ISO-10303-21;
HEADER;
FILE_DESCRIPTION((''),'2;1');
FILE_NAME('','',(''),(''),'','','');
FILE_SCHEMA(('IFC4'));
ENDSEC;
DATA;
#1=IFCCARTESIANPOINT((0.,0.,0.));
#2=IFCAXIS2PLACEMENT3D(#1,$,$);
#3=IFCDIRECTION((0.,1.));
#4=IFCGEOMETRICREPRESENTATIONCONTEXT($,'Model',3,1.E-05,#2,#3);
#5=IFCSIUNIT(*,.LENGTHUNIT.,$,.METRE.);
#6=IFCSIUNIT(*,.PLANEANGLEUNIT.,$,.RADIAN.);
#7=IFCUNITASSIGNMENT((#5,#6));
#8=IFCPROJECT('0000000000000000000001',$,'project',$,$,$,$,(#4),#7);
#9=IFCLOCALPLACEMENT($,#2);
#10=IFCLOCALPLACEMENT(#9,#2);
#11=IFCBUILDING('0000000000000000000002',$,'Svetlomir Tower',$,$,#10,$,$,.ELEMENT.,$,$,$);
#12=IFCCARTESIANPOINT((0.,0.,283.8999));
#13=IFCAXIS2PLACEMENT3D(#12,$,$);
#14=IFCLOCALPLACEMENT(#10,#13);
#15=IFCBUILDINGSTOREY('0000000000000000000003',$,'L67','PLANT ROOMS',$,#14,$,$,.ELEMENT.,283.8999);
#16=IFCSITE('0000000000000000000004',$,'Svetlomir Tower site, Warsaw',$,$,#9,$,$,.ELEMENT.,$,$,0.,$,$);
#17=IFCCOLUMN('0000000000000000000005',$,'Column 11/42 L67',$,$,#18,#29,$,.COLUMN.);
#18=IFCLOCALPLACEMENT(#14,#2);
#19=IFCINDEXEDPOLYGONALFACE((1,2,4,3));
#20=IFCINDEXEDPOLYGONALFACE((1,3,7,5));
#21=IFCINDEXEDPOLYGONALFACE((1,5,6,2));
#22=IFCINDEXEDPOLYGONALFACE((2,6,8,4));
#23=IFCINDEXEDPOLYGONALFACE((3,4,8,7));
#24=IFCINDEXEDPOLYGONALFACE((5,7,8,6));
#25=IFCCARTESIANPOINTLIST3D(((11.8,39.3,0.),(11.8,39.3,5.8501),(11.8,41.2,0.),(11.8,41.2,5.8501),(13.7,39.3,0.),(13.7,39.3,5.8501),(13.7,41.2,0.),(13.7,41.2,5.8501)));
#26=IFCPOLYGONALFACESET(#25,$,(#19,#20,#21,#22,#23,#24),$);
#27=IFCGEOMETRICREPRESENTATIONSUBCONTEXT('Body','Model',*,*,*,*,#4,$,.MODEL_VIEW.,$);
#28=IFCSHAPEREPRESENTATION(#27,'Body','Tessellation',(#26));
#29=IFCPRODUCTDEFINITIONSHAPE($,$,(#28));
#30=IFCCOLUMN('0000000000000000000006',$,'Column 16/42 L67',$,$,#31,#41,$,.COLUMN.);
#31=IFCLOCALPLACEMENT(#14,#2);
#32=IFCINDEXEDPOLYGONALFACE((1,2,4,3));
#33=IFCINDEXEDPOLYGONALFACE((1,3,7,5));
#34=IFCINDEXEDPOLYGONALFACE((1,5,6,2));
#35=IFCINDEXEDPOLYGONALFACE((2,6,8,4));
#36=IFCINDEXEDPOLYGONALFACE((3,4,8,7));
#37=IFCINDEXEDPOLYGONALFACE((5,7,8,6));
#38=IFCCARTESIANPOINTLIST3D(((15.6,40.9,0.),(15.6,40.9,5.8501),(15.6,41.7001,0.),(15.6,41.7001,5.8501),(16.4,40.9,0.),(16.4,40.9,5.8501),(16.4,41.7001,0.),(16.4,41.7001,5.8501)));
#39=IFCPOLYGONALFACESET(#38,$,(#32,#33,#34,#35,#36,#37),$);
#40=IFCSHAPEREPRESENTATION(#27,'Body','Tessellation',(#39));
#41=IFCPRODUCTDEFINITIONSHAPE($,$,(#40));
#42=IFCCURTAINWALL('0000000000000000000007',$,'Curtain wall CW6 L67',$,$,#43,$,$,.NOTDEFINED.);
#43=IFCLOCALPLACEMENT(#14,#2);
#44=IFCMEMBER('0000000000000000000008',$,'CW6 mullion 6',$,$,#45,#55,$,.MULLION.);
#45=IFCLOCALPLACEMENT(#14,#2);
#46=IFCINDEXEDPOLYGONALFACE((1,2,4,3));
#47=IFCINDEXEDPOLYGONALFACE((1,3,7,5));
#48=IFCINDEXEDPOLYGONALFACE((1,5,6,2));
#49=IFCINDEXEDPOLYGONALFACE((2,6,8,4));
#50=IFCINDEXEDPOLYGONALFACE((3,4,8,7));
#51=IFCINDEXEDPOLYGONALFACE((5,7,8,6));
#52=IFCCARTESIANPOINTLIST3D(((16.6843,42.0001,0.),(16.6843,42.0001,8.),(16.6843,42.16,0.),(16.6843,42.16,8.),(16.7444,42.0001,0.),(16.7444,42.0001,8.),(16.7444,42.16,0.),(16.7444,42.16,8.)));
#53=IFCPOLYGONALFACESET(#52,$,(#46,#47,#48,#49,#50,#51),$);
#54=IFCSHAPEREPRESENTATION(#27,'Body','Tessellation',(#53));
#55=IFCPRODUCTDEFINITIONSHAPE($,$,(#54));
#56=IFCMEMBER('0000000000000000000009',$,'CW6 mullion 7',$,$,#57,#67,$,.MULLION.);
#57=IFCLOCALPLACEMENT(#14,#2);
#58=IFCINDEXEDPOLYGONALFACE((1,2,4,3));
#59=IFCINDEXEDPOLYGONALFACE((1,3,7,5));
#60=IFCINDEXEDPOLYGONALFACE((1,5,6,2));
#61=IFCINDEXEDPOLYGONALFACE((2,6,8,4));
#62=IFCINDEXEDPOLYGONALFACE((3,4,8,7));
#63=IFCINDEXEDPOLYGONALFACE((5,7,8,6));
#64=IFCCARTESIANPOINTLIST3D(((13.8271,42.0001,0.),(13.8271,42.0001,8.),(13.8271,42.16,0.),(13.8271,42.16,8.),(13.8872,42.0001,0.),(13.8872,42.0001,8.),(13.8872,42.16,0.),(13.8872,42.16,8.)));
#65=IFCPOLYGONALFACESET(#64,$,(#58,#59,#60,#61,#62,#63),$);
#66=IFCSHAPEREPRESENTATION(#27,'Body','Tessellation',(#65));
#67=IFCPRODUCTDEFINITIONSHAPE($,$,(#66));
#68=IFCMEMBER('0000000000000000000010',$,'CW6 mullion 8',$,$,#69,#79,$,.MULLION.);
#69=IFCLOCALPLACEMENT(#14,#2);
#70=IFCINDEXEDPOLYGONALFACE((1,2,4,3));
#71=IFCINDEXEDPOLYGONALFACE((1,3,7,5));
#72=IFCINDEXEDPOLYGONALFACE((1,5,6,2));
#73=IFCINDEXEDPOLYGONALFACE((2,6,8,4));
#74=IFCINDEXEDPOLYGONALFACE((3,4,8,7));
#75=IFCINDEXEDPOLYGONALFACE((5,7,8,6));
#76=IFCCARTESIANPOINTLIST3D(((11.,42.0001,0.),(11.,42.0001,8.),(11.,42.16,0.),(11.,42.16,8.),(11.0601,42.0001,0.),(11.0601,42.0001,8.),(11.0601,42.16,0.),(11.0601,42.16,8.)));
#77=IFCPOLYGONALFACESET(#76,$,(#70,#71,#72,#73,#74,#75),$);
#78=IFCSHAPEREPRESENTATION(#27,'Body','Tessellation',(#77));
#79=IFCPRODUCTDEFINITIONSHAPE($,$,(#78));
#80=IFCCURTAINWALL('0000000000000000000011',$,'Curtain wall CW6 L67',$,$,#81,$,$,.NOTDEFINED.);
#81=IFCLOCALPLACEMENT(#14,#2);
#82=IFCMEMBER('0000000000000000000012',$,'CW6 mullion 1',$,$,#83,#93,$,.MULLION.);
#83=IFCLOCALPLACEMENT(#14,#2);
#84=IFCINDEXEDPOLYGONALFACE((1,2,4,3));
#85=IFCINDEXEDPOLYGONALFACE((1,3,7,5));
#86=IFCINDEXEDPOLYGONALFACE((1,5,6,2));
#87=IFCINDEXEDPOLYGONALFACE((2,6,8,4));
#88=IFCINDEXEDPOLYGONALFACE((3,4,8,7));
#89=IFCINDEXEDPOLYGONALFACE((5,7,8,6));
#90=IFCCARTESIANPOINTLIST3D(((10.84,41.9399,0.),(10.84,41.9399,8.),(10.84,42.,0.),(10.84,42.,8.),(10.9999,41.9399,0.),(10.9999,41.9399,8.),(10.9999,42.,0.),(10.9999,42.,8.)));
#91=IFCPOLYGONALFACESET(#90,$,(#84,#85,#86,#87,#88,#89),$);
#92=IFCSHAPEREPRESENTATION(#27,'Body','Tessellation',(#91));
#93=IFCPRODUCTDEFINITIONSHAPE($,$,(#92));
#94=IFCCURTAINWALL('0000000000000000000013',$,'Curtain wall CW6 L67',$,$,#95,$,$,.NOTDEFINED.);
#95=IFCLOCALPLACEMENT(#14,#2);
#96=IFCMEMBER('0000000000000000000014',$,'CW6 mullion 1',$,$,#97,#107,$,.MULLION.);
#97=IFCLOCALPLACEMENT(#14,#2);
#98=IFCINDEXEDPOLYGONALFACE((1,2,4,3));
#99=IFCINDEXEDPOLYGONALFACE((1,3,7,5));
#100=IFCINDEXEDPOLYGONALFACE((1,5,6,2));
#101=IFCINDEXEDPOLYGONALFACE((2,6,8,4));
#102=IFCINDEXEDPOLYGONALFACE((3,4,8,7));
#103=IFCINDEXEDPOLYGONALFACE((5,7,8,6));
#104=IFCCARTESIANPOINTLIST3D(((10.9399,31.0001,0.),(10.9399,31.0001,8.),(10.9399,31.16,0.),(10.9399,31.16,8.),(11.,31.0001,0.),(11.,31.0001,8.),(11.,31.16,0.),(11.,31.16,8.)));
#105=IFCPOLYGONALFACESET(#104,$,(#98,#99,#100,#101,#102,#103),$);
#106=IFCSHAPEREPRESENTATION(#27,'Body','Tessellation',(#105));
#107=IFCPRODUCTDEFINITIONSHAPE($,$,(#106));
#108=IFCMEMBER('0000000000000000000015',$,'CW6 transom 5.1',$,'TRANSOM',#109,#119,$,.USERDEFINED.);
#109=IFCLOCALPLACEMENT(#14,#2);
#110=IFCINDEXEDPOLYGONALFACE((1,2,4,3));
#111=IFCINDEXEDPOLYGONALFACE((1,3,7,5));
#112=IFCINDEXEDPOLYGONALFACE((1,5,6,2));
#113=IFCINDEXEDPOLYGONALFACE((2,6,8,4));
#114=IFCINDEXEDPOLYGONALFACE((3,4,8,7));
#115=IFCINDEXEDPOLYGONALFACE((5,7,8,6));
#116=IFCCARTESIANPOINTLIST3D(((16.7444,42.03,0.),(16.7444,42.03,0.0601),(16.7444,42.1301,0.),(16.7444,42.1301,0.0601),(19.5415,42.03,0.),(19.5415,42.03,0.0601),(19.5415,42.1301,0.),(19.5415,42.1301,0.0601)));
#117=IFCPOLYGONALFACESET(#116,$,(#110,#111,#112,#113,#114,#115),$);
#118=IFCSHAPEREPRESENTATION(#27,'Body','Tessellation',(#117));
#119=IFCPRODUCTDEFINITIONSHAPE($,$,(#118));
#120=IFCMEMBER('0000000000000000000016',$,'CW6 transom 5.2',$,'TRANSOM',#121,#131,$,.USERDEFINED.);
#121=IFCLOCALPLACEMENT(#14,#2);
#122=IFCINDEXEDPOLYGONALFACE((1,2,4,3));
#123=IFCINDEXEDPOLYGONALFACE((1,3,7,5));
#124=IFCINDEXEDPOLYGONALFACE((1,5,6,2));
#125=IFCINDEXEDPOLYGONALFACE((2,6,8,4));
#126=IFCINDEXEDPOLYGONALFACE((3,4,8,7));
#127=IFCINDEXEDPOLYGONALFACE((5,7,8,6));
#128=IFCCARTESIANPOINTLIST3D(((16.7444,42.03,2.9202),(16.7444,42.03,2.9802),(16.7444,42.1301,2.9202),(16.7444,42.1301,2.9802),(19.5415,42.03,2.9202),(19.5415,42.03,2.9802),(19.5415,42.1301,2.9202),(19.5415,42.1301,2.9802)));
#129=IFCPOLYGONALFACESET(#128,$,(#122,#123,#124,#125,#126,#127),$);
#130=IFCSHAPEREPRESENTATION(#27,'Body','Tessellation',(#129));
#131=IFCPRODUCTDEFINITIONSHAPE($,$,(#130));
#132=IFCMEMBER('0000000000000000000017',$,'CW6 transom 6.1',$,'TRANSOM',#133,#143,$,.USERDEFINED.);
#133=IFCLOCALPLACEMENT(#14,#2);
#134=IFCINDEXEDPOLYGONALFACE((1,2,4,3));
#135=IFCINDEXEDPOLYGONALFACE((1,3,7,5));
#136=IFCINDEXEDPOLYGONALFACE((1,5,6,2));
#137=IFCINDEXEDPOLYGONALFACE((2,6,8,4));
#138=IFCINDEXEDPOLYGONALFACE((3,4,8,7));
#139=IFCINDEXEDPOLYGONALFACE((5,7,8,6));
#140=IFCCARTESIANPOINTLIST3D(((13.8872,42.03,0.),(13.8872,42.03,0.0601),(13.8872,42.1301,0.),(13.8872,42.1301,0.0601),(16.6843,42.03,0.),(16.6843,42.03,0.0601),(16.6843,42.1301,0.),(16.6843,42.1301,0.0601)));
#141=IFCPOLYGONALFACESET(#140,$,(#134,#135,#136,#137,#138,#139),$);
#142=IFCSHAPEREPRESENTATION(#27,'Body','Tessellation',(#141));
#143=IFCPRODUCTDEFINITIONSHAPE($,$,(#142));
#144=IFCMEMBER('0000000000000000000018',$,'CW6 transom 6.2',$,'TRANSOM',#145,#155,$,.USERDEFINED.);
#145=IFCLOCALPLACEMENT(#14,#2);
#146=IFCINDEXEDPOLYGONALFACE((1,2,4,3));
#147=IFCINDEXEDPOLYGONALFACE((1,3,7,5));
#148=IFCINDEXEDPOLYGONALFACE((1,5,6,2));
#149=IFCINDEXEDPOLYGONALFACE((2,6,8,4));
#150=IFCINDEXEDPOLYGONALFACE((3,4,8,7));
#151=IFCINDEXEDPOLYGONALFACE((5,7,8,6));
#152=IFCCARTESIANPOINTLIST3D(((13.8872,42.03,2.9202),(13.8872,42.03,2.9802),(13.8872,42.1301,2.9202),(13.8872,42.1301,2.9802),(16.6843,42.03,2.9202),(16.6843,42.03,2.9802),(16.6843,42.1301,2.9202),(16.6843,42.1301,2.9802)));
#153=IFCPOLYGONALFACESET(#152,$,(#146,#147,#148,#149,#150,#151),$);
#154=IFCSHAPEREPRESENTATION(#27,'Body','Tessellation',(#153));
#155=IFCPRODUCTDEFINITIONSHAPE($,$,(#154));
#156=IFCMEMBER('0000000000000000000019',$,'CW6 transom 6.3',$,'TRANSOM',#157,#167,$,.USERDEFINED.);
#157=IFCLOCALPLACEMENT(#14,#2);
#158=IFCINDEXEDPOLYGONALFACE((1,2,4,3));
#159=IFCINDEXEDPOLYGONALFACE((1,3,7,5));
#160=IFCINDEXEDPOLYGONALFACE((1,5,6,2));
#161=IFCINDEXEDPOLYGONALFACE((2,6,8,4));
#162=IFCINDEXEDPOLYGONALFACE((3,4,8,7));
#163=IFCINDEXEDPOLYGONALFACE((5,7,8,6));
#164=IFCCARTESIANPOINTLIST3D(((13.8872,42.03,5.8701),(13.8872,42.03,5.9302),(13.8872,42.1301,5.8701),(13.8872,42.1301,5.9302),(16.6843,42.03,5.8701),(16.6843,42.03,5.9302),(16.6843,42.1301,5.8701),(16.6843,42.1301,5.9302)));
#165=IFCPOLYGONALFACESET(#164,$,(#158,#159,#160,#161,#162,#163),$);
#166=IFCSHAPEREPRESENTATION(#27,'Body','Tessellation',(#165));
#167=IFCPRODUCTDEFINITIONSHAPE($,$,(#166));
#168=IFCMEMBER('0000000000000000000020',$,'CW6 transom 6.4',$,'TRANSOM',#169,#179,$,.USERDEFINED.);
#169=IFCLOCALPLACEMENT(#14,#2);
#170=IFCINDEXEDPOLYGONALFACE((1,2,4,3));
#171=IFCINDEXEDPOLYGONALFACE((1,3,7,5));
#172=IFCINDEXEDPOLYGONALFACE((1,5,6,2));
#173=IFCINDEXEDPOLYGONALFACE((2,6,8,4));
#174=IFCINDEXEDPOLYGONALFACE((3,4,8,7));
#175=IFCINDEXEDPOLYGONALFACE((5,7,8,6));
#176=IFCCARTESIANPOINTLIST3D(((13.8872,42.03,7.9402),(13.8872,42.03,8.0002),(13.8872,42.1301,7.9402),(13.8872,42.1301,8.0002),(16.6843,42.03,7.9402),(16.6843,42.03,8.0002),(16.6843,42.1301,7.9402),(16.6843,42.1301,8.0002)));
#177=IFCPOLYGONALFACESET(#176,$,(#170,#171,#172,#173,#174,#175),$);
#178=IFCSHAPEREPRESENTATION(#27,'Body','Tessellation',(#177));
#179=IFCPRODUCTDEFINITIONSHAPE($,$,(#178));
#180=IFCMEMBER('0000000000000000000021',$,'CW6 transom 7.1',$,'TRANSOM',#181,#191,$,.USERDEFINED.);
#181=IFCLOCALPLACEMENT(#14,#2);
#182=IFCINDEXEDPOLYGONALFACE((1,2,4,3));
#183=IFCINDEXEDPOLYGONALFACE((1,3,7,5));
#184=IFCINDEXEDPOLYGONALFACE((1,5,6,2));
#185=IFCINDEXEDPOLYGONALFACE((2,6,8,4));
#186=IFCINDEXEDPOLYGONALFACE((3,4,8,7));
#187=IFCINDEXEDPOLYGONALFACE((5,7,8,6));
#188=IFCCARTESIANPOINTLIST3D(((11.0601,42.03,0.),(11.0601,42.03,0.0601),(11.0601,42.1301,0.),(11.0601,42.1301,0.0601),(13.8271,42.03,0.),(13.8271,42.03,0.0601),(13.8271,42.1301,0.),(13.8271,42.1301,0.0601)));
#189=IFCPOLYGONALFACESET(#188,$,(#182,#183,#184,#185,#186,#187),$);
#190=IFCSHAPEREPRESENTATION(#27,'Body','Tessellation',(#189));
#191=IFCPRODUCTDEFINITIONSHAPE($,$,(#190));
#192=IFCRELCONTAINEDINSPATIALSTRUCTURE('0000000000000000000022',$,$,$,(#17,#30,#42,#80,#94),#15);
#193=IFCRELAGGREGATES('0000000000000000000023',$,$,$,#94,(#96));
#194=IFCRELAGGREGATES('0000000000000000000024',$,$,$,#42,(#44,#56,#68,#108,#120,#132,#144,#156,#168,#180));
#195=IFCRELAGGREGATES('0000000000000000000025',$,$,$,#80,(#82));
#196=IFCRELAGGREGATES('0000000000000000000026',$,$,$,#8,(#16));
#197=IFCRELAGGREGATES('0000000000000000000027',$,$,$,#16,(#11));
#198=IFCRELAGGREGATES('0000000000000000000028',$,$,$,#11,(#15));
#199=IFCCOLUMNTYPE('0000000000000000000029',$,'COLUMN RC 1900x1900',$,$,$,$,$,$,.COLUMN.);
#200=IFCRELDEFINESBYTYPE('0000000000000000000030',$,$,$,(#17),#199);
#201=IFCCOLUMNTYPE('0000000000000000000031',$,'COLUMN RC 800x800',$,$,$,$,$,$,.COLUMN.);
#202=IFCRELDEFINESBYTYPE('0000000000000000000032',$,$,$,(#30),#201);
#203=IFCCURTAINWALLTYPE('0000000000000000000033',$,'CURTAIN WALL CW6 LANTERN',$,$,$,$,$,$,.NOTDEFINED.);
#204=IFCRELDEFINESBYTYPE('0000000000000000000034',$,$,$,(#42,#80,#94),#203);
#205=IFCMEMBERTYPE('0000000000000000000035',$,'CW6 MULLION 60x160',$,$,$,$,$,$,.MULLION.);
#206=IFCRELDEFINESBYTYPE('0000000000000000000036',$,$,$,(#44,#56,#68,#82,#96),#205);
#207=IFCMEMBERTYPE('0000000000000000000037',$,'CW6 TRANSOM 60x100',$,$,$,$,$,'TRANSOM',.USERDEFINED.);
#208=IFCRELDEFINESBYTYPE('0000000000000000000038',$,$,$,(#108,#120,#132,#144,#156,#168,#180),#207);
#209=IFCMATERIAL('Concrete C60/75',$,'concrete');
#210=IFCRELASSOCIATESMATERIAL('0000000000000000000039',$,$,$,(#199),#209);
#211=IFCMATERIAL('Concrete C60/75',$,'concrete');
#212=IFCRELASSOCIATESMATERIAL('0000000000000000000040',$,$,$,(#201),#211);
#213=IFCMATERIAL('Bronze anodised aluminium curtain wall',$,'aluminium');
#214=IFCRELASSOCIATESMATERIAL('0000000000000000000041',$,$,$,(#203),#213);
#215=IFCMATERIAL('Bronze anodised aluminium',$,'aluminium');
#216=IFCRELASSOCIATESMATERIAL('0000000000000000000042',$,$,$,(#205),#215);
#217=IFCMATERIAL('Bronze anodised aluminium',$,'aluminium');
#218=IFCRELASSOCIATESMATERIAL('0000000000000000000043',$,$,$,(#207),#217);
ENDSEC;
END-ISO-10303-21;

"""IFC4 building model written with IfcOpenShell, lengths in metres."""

from ifc_helpers import new_model, si_unit, direction, frame, origin, origin_2d, place, context, subcontext, project, spatial, rectangle, extrude, material, material_profile, profile_set, type_object, element, aggregate, save


model = new_model("IFC4")

# Units and contexts
model_context = context("Model", 3, precision=1e-05, world=origin(), true_north=direction((0.0, 1.0)))
body_context = subcontext(model_context, "Body", "Model", "MODEL_VIEW")
ifc_project = project(units=[si_unit("LENGTHUNIT", "METRE"), si_unit("PLANEANGLEUNIT", "RADIAN")], contexts=[model_context])

# Site, building, storey
site_placement = place(None, origin())
site = spatial("IfcSite", under=ifc_project, at=site_placement, Name="Svetlomir Tower site, Warsaw", CompositionType="ELEMENT", RefElevation=0.0)
building_placement = place(site_placement, origin())
building = spatial("IfcBuilding", under=site, at=building_placement, Name="Svetlomir Tower", CompositionType="ELEMENT")
storey_placement = place(building_placement, frame((0.0, 0.0, 283.8999)))
storey = spatial("IfcBuildingStorey", under=building, at=storey_placement, Name="L67", Description="PLANT ROOMS", CompositionType="ELEMENT", Elevation=283.8999)

# Columns
ifc_material_1 = material(Name="Concrete C60/75", Category="concrete")
ifc_material_profile_1 = material_profile(ifc_material_1, rectangle(XDim=1.8999, YDim=1.8999, at=origin_2d()), Name="RC 1900x1900")
ifc_profile_set_1 = profile_set([ifc_material_profile_1], Name="Concrete C60/75")
column_type_1 = type_object("IfcColumnType", Name="COLUMN RC 1900x1900", PredefinedType="COLUMN", material=ifc_profile_set_1)
column_1_placement = place(storey_placement, frame((12.75, 40.25, 0.0), z_axis=(0.0, 0.0, 1.0), x_axis=(1.0, 0.0, 0.0)))
element("IfcColumn", 1, at=column_1_placement, inside=storey, type_object=column_type_1, Name="Column 11/42 L67", PredefinedType="COLUMN", context=body_context, shape_type="SweptSolid", body=[
    extrude(rectangle(XDim=1.8999, YDim=1.8999, at=origin_2d()), origin(), (0.0, 0.0, 1.0), 5.8501),
])
ifc_material_2 = material(Name="Concrete C60/75", Category="concrete")
ifc_material_profile_2 = material_profile(ifc_material_2, rectangle(XDim=0.8, YDim=0.8, at=origin_2d()), Name="RC 800x800")
ifc_profile_set_2 = profile_set([ifc_material_profile_2], Name="Concrete C60/75")
column_type_2 = type_object("IfcColumnType", Name="COLUMN RC 800x800", PredefinedType="COLUMN", material=ifc_profile_set_2)
column_2_placement = place(storey_placement, frame((16.0, 41.3, 0.0), z_axis=(0.0, 0.0, 1.0), x_axis=(1.0, 0.0, 0.0)))
element("IfcColumn", 2, at=column_2_placement, inside=storey, type_object=column_type_2, Name="Column 16/42 L67", PredefinedType="COLUMN", context=body_context, shape_type="SweptSolid", body=[
    extrude(rectangle(XDim=0.8, YDim=0.8, at=origin_2d()), origin(), (0.0, 0.0, 1.0), 5.8501),
])

# Curtain wall, members
ifc_material_3 = material(Name="Bronze anodised aluminium curtain wall", Category="aluminium")
curtain_wall_type = type_object("IfcCurtainWallType", Name="CURTAIN WALL CW6 LANTERN", PredefinedType="NOTDEFINED", material=ifc_material_3)
curtain_wall_1_placement = place(storey_placement, origin())
curtain_wall_1 = element("IfcCurtainWall", 3, at=curtain_wall_1_placement, inside=storey, type_object=curtain_wall_type, Name="Curtain wall CW6 L67", PredefinedType="NOTDEFINED")
ifc_material_4 = material(Name="Bronze anodised aluminium", Category="aluminium")
ifc_material_profile_3 = material_profile(ifc_material_4, rectangle(XDim=0.0601, YDim=0.1599, at=origin_2d()), Name="AL 60x160")
ifc_profile_set_3 = profile_set([ifc_material_profile_3], Name="Bronze anodised aluminium 6063-T6")
member_type_1 = type_object("IfcMemberType", Name="CW6 MULLION 60x160", PredefinedType="MULLION", material=ifc_profile_set_3)
member_1_placement = place(storey_placement, frame((16.7144, 42.0801, 0.0), z_axis=(0.0, 0.0, 1.0), x_axis=(-1.0, 0.0, 0.0)))
member_1 = element("IfcMember", 4, at=member_1_placement, type_object=member_type_1, Name="CW6 mullion 6", PredefinedType="MULLION", context=body_context, shape_type="SweptSolid", body=[
    extrude(rectangle(XDim=0.0601, YDim=0.1599, at=origin_2d()), origin(), (0.0, 0.0, 1.0), 8.0),
])
member_2_placement = place(storey_placement, frame((13.8572, 42.0801, 0.0), z_axis=(0.0, 0.0, 1.0), x_axis=(-1.0, 0.0, 0.0)))
member_2 = element("IfcMember", 5, at=member_2_placement, type_object=member_type_1, Name="CW6 mullion 7", PredefinedType="MULLION", context=body_context, shape_type="SweptSolid", body=[
    extrude(rectangle(XDim=0.0601, YDim=0.1599, at=origin_2d()), origin(), (0.0, 0.0, 1.0), 8.0),
])
member_3_placement = place(storey_placement, frame((11.03, 42.0801, 0.0), z_axis=(0.0, 0.0, 1.0), x_axis=(-1.0, 0.0, 0.0)))
member_3 = element("IfcMember", 6, at=member_3_placement, type_object=member_type_1, Name="CW6 mullion 8", PredefinedType="MULLION", context=body_context, shape_type="SweptSolid", body=[
    extrude(rectangle(XDim=0.0601, YDim=0.1599, at=origin_2d()), origin(), (0.0, 0.0, 1.0), 8.0),
])

# Curtain walls, members
curtain_wall_2_placement = place(storey_placement, origin())
curtain_wall_2 = element("IfcCurtainWall", 7, at=curtain_wall_2_placement, inside=storey, type_object=curtain_wall_type, Name="Curtain wall CW6 L67", PredefinedType="NOTDEFINED")
member_4_placement = place(storey_placement, frame((10.9199, 41.97, 0.0), z_axis=(0.0, 0.0, 1.0), x_axis=(0.0, -1.0, 0.0)))
member_4 = element("IfcMember", 8, at=member_4_placement, type_object=member_type_1, Name="CW6 mullion 1", PredefinedType="MULLION", context=body_context, shape_type="SweptSolid", body=[
    extrude(rectangle(XDim=0.0601, YDim=0.1599, at=origin_2d()), origin(), (0.0, 0.0, 1.0), 8.0),
])
curtain_wall_3_placement = place(storey_placement, origin())
curtain_wall_3 = element("IfcCurtainWall", 9, at=curtain_wall_3_placement, inside=storey, type_object=curtain_wall_type, Name="Curtain wall CW6 L67", PredefinedType="NOTDEFINED")
member_5_placement = place(storey_placement, frame((10.97, 31.0801, 0.0), z_axis=(0.0, 0.0, 1.0), x_axis=(-1.0, 0.0, 0.0)))
member_5 = element("IfcMember", 10, at=member_5_placement, type_object=member_type_1, Name="CW6 mullion 1", PredefinedType="MULLION", context=body_context, shape_type="SweptSolid", body=[
    extrude(rectangle(XDim=0.0601, YDim=0.1599, at=origin_2d()), origin(), (0.0, 0.0, 1.0), 8.0),
])

# Members
ifc_material_5 = material(Name="Bronze anodised aluminium", Category="aluminium")
ifc_material_profile_4 = material_profile(ifc_material_5, rectangle(XDim=0.1001, YDim=0.0601, at=origin_2d()), Name="AL 100x60")
ifc_profile_set_4 = profile_set([ifc_material_profile_4], Name="Bronze anodised aluminium 6063-T6")
member_type_2 = type_object("IfcMemberType", Name="CW6 TRANSOM 60x100", ElementType="TRANSOM", PredefinedType="USERDEFINED", material=ifc_profile_set_4)
member_6_placement = place(storey_placement, frame((19.5415, 42.0801, 0.03), z_axis=(-1.0, 0.0, 0.0), x_axis=(0.0, -1.0, 0.0)))
member_6 = element("IfcMember", 11, at=member_6_placement, type_object=member_type_2, Name="CW6 transom 5.1", ObjectType="TRANSOM", PredefinedType="USERDEFINED", context=body_context, shape_type="SweptSolid", body=[
    extrude(rectangle(XDim=0.1001, YDim=0.0601, at=origin_2d()), origin(), (0.0, 0.0, 1.0), 2.7971),
])
member_7_placement = place(storey_placement, frame((19.5415, 42.0801, 2.9502), z_axis=(-1.0, 0.0, 0.0), x_axis=(0.0, -1.0, 0.0)))
member_7 = element("IfcMember", 12, at=member_7_placement, type_object=member_type_2, Name="CW6 transom 5.2", ObjectType="TRANSOM", PredefinedType="USERDEFINED", context=body_context, shape_type="SweptSolid", body=[
    extrude(rectangle(XDim=0.1001, YDim=0.0601, at=origin_2d()), origin(), (0.0, 0.0, 1.0), 2.7971),
])
member_8_placement = place(storey_placement, frame((16.6843, 42.0801, 0.03), z_axis=(-1.0, 0.0, 0.0), x_axis=(0.0, -1.0, 0.0)))
member_8 = element("IfcMember", 13, at=member_8_placement, type_object=member_type_2, Name="CW6 transom 6.1", ObjectType="TRANSOM", PredefinedType="USERDEFINED", context=body_context, shape_type="SweptSolid", body=[
    extrude(rectangle(XDim=0.1001, YDim=0.0601, at=origin_2d()), origin(), (0.0, 0.0, 1.0), 2.7971),
])
member_9_placement = place(storey_placement, frame((16.6843, 42.0801, 2.9502), z_axis=(-1.0, 0.0, 0.0), x_axis=(0.0, -1.0, 0.0)))
member_9 = element("IfcMember", 14, at=member_9_placement, type_object=member_type_2, Name="CW6 transom 6.2", ObjectType="TRANSOM", PredefinedType="USERDEFINED", context=body_context, shape_type="SweptSolid", body=[
    extrude(rectangle(XDim=0.1001, YDim=0.0601, at=origin_2d()), origin(), (0.0, 0.0, 1.0), 2.7971),
])
member_10_placement = place(storey_placement, frame((16.6843, 42.0801, 5.9001), z_axis=(-1.0, 0.0, 0.0), x_axis=(0.0, -1.0, 0.0)))
member_10 = element("IfcMember", 15, at=member_10_placement, type_object=member_type_2, Name="CW6 transom 6.3", ObjectType="TRANSOM", PredefinedType="USERDEFINED", context=body_context, shape_type="SweptSolid", body=[
    extrude(rectangle(XDim=0.1001, YDim=0.0601, at=origin_2d()), origin(), (0.0, 0.0, 1.0), 2.7971),
])
member_11_placement = place(storey_placement, frame((16.6843, 42.0801, 7.9702), z_axis=(-1.0, 0.0, 0.0), x_axis=(0.0, -1.0, 0.0)))
member_11 = element("IfcMember", 16, at=member_11_placement, type_object=member_type_2, Name="CW6 transom 6.4", ObjectType="TRANSOM", PredefinedType="USERDEFINED", context=body_context, shape_type="SweptSolid", body=[
    extrude(rectangle(XDim=0.1001, YDim=0.0601, at=origin_2d()), origin(), (0.0, 0.0, 1.0), 2.7971),
])
member_12_placement = place(storey_placement, frame((13.8271, 42.0801, 0.03), z_axis=(-1.0, 0.0, 0.0), x_axis=(0.0, -1.0, 0.0)))
member_12 = element("IfcMember", 17, at=member_12_placement, type_object=member_type_2, Name="CW6 transom 7.1", ObjectType="TRANSOM", PredefinedType="USERDEFINED", context=body_context, shape_type="SweptSolid", body=[
    extrude(rectangle(XDim=0.1001, YDim=0.0601, at=origin_2d()), origin(), (0.0, 0.0, 1.0), 2.7671),
])
aggregate(curtain_wall_3, [member_5])

aggregate(curtain_wall_1, [member_1, member_2, member_3, member_6, member_7, member_8, member_9, member_10, member_11, member_12])
aggregate(curtain_wall_2, [member_4])

save(model, "model.ifc")
